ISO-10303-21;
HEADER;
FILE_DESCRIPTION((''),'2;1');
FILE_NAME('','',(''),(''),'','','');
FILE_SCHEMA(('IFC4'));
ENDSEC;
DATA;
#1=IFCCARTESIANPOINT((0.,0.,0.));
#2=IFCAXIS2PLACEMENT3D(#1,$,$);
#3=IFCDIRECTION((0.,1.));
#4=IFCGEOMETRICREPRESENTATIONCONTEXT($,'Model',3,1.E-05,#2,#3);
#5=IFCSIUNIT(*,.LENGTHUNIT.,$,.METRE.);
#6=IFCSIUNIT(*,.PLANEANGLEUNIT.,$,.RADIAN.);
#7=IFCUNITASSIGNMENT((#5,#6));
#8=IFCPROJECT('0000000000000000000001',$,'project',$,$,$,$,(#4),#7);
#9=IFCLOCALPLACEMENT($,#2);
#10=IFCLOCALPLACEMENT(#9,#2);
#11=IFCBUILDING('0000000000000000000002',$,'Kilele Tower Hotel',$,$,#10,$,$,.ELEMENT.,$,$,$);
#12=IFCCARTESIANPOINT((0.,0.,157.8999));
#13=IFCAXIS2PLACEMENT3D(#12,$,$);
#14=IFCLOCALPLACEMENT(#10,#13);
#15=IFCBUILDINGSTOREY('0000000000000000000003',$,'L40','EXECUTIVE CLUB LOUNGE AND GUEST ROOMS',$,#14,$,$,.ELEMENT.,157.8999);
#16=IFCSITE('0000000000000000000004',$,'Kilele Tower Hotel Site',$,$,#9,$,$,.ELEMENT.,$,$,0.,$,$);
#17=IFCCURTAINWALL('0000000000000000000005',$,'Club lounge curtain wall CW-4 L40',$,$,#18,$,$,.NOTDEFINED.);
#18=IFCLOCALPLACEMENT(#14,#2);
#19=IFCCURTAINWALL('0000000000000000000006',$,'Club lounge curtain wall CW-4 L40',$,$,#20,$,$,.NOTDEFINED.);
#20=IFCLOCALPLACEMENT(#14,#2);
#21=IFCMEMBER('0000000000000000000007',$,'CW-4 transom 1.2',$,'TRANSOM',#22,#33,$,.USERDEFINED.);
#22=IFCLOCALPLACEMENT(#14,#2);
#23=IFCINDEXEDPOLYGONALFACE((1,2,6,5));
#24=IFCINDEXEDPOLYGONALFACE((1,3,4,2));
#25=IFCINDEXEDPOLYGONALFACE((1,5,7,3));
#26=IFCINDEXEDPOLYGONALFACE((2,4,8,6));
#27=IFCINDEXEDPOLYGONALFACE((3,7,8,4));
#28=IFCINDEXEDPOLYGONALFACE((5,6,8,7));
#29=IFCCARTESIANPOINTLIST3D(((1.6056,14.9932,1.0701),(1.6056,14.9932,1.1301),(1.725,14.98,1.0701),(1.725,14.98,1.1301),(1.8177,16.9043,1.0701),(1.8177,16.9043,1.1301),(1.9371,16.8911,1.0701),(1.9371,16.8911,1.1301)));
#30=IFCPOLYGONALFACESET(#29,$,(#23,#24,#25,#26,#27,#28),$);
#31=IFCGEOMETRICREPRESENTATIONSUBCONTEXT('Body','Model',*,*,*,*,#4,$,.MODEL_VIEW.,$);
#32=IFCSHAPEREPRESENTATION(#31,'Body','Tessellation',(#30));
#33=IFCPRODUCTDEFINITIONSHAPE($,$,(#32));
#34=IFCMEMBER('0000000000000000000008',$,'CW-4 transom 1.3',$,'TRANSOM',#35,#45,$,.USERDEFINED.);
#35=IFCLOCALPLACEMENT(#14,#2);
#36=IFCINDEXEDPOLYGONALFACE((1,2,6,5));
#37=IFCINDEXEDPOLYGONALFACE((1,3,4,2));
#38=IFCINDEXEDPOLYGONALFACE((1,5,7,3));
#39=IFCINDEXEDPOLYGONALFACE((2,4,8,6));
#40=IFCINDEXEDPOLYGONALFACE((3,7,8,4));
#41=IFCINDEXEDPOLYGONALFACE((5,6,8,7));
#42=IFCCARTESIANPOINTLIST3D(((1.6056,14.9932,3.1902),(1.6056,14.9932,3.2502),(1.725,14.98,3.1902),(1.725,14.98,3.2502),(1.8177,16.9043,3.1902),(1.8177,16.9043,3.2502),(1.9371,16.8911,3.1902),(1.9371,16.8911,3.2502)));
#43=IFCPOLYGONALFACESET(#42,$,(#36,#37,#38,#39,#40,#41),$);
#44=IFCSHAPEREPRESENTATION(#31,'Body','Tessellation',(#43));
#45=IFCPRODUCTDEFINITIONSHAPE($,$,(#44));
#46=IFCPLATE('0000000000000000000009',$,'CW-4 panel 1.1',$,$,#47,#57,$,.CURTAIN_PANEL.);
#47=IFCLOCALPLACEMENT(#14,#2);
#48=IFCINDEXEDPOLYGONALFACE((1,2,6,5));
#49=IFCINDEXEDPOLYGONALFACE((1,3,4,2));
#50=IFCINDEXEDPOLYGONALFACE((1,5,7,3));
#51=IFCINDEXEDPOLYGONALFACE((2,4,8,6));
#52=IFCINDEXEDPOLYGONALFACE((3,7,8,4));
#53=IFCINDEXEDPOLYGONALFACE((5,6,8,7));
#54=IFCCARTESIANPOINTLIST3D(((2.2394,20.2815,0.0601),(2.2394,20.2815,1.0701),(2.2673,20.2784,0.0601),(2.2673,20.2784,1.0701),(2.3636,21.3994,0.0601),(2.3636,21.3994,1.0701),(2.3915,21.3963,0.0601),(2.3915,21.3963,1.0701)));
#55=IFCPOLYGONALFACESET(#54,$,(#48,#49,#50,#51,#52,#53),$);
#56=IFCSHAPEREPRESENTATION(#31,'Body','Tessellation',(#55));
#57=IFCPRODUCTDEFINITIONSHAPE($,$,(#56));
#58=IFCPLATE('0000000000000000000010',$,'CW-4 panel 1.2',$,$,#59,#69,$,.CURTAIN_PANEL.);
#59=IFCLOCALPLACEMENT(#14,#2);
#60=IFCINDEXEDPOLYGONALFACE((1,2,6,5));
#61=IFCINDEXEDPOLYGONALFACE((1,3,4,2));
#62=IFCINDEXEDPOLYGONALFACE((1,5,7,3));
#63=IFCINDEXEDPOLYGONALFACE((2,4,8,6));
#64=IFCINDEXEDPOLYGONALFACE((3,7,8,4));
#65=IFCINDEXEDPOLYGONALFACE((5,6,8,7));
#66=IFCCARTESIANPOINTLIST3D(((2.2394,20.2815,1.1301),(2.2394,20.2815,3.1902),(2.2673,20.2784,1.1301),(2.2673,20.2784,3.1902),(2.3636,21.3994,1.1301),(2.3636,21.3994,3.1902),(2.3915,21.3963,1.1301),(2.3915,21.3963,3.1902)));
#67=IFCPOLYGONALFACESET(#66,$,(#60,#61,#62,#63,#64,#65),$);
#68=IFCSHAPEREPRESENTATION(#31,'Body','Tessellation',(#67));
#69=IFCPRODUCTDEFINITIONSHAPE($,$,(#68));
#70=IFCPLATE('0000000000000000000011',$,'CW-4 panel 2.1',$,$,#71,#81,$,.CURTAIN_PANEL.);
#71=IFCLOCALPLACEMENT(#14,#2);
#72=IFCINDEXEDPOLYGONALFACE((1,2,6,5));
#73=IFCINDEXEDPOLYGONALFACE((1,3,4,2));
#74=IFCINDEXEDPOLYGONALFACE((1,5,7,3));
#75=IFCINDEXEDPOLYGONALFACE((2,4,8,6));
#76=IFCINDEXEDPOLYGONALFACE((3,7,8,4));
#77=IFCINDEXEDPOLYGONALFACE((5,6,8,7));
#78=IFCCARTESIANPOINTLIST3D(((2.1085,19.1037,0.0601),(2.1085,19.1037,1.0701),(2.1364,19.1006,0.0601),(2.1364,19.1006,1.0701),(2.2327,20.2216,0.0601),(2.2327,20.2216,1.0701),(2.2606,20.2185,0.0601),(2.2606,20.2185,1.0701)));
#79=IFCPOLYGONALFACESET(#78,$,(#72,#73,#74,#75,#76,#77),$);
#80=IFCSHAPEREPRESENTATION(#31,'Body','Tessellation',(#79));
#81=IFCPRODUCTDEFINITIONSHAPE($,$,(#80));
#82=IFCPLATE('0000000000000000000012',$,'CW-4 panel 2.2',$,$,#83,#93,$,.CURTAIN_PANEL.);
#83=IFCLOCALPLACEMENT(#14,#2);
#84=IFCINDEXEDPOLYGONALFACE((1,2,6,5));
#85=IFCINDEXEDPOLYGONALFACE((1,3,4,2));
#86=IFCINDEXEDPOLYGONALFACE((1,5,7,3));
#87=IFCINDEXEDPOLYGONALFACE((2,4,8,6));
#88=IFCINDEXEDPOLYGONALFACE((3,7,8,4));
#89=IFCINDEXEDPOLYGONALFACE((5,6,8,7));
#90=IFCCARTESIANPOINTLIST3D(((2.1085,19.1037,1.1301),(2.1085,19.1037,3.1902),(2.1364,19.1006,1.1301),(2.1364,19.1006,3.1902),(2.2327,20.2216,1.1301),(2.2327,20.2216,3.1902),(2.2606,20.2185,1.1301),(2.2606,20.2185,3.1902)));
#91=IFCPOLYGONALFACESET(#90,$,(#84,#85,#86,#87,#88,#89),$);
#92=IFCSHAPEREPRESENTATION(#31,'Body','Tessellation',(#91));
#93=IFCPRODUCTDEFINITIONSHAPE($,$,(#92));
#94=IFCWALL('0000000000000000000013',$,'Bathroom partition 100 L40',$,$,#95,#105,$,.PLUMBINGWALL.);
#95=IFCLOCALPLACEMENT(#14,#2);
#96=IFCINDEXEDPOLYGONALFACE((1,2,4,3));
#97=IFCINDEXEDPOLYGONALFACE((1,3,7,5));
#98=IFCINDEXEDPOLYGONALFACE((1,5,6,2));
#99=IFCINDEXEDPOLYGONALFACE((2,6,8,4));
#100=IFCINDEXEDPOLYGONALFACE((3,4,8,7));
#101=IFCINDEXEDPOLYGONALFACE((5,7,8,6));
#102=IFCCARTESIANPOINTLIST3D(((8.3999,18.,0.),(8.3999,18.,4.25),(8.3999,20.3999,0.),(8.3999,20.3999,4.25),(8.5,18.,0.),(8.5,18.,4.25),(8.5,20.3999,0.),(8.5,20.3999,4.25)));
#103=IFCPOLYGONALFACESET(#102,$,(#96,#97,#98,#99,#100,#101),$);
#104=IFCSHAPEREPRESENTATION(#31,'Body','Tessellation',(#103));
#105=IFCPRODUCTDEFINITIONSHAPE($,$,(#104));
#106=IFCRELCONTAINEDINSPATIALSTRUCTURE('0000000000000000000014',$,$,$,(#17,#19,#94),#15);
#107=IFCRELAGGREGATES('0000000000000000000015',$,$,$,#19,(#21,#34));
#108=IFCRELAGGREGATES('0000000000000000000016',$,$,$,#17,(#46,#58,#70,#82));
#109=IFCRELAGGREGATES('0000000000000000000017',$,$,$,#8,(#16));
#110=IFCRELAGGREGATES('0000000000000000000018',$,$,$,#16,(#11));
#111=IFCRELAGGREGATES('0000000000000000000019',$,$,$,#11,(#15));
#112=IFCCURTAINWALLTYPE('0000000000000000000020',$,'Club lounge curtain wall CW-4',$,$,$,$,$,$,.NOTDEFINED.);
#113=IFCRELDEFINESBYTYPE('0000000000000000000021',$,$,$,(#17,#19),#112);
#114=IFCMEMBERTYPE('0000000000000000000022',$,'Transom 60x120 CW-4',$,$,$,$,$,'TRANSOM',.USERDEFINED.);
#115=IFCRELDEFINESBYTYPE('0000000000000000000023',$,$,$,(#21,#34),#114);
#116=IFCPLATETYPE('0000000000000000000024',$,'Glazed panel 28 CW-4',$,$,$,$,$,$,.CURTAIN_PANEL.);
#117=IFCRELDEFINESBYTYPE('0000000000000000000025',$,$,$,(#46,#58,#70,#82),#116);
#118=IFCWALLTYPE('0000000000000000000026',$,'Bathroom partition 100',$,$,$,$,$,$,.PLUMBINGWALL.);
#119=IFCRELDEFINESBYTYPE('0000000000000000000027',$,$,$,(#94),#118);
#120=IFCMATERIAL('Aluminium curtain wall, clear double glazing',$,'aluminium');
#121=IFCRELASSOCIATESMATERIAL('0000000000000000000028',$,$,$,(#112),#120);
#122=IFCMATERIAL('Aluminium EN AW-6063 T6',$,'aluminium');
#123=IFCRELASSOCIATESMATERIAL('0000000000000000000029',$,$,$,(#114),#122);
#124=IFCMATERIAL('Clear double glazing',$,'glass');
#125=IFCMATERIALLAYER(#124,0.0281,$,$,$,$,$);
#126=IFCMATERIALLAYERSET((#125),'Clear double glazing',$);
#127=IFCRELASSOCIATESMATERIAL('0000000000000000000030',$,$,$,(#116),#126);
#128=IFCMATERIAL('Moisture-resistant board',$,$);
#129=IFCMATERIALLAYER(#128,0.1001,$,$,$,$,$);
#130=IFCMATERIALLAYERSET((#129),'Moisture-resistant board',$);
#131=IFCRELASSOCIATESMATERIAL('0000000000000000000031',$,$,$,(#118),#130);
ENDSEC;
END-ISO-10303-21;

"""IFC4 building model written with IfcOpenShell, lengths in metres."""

from ifc_helpers import new_model, si_unit, direction, frame, frame_2d, origin, origin_2d, place, context, subcontext, project, spatial, rectangle, extrude, material, layer, layer_set, material_profile, profile_set, type_object, element, aggregate, save


model = new_model("IFC4")

# Units and contexts
model_context = context("Model", 3, precision=1e-05, world=origin(), true_north=direction((0.0, 1.0)))
body_context = subcontext(model_context, "Body", "Model", "MODEL_VIEW")
ifc_project = project(units=[si_unit("LENGTHUNIT", "METRE"), si_unit("PLANEANGLEUNIT", "RADIAN")], contexts=[model_context])

# Site, building, storey
site_placement = place(None, origin())
site = spatial("IfcSite", under=ifc_project, at=site_placement, Name="Kilele Tower Hotel Site", CompositionType="ELEMENT", RefElevation=0.0)
building_placement = place(site_placement, origin())
building = spatial("IfcBuilding", under=site, at=building_placement, Name="Kilele Tower Hotel", CompositionType="ELEMENT")
storey_placement = place(building_placement, frame((0.0, 0.0, 157.8999)))
storey = spatial("IfcBuildingStorey", under=building, at=storey_placement, Name="L40", Description="EXECUTIVE CLUB LOUNGE AND GUEST ROOMS", CompositionType="ELEMENT", Elevation=157.8999)

# Curtain wall
ifc_material_1 = material(Name="Aluminium curtain wall, clear double glazing", Category="aluminium")
curtain_wall_type = type_object("IfcCurtainWallType", Name="Club lounge curtain wall CW-4", PredefinedType="NOTDEFINED", material=ifc_material_1)
curtain_wall_1_placement = place(storey_placement, origin())
curtain_wall_1 = element("IfcCurtainWall", 1, at=curtain_wall_1_placement, inside=storey, type_object=curtain_wall_type, Name="Club lounge curtain wall CW-4 L40", PredefinedType="NOTDEFINED")

# Curtain wall
curtain_wall_2_placement = place(storey_placement, origin())
curtain_wall_2 = element("IfcCurtainWall", 2, at=curtain_wall_2_placement, inside=storey, type_object=curtain_wall_type, Name="Club lounge curtain wall CW-4 L40", PredefinedType="NOTDEFINED")

# Members
ifc_material_2 = material(Name="Aluminium EN AW-6063 T6", Category="aluminium")
ifc_material_profile_1 = material_profile(ifc_material_2, rectangle(XDim=0.1201, YDim=0.0601, at=origin_2d()))
ifc_profile_set_1 = profile_set([ifc_material_profile_1], Name="Aluminium EN AW-6063 T6")
member_type_1 = type_object("IfcMemberType", Name="Transom 60x120 CW-4", ElementType="TRANSOM", PredefinedType="USERDEFINED", material=ifc_profile_set_1)
member_1_placement = place(storey_placement, frame((1.8774, 16.8977, 1.1001), z_axis=(-0.110334, -0.993895, 0.0), x_axis=(0.993895, -0.110334, 0.0)))
member_1 = element("IfcMember", 3, at=member_1_placement, type_object=member_type_1, Name="CW-4 transom 1.2", ObjectType="TRANSOM", PredefinedType="USERDEFINED", context=body_context, shape_type="SweptSolid", body=[
    extrude(rectangle(XDim=0.1201, YDim=0.0601, at=origin_2d()), origin(), (0.0, 0.0, 1.0), 1.9229),
])
member_2_placement = place(storey_placement, frame((1.8774, 16.8977, 3.2202), z_axis=(-0.110334, -0.993895, 0.0), x_axis=(0.993895, -0.110334, 0.0)))
member_2 = element("IfcMember", 4, at=member_2_placement, type_object=member_type_1, Name="CW-4 transom 1.3", ObjectType="TRANSOM", PredefinedType="USERDEFINED", context=body_context, shape_type="SweptSolid", body=[
    extrude(rectangle(XDim=0.1201, YDim=0.0601, at=origin_2d()), origin(), (0.0, 0.0, 1.0), 1.9229),
])
aggregate(curtain_wall_2, [member_1, member_2])

# Plates
ifc_material_3 = material(Name="Clear double glazing", Category="glass")
ifc_layer_1 = layer(ifc_material_3, 0.0281)
ifc_layer_set_1 = layer_set([ifc_layer_1], Name="Clear double glazing")
plate_type = type_object("IfcPlateType", Name="Glazed panel 28 CW-4", PredefinedType="CURTAIN_PANEL", material=ifc_layer_set_1)
plate_1_placement = place(storey_placement, frame((2.3154, 20.8389, 0.0601), z_axis=(0.0, 0.0, 1.0), x_axis=(-0.110432, -0.993884, 0.0)))
plate_1 = element("IfcPlate", 5, at=plate_1_placement, type_object=plate_type, Name="CW-4 panel 1.1", PredefinedType="CURTAIN_PANEL", context=body_context, shape_type="SweptSolid", body=[
    extrude(rectangle(XDim=1.1248, YDim=0.0281, at=origin_2d()), origin(), (0.0, 0.0, 1.0), 1.01),
])
plate_2_placement = place(storey_placement, frame((2.3154, 20.8389, 1.1301), z_axis=(0.0, 0.0, 1.0), x_axis=(-0.110432, -0.993884, 0.0)))
plate_2 = element("IfcPlate", 6, at=plate_2_placement, type_object=plate_type, Name="CW-4 panel 1.2", PredefinedType="CURTAIN_PANEL", context=body_context, shape_type="SweptSolid", body=[
    extrude(rectangle(XDim=1.1248, YDim=0.0281, at=origin_2d()), origin(), (0.0, 0.0, 1.0), 2.0601),
])
plate_3_placement = place(storey_placement, frame((2.1846, 19.6611, 0.0601), z_axis=(0.0, 0.0, 1.0), x_axis=(-0.110432, -0.993884, 0.0)))
plate_3 = element("IfcPlate", 7, at=plate_3_placement, type_object=plate_type, Name="CW-4 panel 2.1", PredefinedType="CURTAIN_PANEL", context=body_context, shape_type="SweptSolid", body=[
    extrude(rectangle(XDim=1.1248, YDim=0.0281, at=origin_2d()), origin(), (0.0, 0.0, 1.0), 1.01),
])
plate_4_placement = place(storey_placement, frame((2.1846, 19.6611, 1.1301), z_axis=(0.0, 0.0, 1.0), x_axis=(-0.110432, -0.993884, 0.0)))
plate_4 = element("IfcPlate", 8, at=plate_4_placement, type_object=plate_type, Name="CW-4 panel 2.2", PredefinedType="CURTAIN_PANEL", context=body_context, shape_type="SweptSolid", body=[
    extrude(rectangle(XDim=1.1248, YDim=0.0281, at=origin_2d()), origin(), (0.0, 0.0, 1.0), 2.0601),
])
aggregate(curtain_wall_1, [plate_1, plate_2, plate_3, plate_4])

# Wall
ifc_material_4 = material(Name="Moisture-resistant board")
ifc_layer_2 = layer(ifc_material_4, 0.1001)
ifc_layer_set_2 = layer_set([ifc_layer_2], Name="Moisture-resistant board")
wall_type = type_object("IfcWallType", Name="Bathroom partition 100", PredefinedType="PLUMBINGWALL", material=ifc_layer_set_2)
wall_placement = place(storey_placement, frame((8.45, 18.0, 0.0), z_axis=(0.0, 0.0, 1.0), x_axis=(0.0, 1.0, 0.0)))
element("IfcWall", 9, at=wall_placement, inside=storey, type_object=wall_type, Name="Bathroom partition 100 L40", PredefinedType="PLUMBINGWALL", context=body_context, shape_type="SweptSolid", body=[
    extrude(rectangle(XDim=2.3999, YDim=0.1001, at=frame_2d((1.2, 0.0))), origin(), (0.0, 0.0, 1.0), 4.25),
])

save(model, "model.ifc")
